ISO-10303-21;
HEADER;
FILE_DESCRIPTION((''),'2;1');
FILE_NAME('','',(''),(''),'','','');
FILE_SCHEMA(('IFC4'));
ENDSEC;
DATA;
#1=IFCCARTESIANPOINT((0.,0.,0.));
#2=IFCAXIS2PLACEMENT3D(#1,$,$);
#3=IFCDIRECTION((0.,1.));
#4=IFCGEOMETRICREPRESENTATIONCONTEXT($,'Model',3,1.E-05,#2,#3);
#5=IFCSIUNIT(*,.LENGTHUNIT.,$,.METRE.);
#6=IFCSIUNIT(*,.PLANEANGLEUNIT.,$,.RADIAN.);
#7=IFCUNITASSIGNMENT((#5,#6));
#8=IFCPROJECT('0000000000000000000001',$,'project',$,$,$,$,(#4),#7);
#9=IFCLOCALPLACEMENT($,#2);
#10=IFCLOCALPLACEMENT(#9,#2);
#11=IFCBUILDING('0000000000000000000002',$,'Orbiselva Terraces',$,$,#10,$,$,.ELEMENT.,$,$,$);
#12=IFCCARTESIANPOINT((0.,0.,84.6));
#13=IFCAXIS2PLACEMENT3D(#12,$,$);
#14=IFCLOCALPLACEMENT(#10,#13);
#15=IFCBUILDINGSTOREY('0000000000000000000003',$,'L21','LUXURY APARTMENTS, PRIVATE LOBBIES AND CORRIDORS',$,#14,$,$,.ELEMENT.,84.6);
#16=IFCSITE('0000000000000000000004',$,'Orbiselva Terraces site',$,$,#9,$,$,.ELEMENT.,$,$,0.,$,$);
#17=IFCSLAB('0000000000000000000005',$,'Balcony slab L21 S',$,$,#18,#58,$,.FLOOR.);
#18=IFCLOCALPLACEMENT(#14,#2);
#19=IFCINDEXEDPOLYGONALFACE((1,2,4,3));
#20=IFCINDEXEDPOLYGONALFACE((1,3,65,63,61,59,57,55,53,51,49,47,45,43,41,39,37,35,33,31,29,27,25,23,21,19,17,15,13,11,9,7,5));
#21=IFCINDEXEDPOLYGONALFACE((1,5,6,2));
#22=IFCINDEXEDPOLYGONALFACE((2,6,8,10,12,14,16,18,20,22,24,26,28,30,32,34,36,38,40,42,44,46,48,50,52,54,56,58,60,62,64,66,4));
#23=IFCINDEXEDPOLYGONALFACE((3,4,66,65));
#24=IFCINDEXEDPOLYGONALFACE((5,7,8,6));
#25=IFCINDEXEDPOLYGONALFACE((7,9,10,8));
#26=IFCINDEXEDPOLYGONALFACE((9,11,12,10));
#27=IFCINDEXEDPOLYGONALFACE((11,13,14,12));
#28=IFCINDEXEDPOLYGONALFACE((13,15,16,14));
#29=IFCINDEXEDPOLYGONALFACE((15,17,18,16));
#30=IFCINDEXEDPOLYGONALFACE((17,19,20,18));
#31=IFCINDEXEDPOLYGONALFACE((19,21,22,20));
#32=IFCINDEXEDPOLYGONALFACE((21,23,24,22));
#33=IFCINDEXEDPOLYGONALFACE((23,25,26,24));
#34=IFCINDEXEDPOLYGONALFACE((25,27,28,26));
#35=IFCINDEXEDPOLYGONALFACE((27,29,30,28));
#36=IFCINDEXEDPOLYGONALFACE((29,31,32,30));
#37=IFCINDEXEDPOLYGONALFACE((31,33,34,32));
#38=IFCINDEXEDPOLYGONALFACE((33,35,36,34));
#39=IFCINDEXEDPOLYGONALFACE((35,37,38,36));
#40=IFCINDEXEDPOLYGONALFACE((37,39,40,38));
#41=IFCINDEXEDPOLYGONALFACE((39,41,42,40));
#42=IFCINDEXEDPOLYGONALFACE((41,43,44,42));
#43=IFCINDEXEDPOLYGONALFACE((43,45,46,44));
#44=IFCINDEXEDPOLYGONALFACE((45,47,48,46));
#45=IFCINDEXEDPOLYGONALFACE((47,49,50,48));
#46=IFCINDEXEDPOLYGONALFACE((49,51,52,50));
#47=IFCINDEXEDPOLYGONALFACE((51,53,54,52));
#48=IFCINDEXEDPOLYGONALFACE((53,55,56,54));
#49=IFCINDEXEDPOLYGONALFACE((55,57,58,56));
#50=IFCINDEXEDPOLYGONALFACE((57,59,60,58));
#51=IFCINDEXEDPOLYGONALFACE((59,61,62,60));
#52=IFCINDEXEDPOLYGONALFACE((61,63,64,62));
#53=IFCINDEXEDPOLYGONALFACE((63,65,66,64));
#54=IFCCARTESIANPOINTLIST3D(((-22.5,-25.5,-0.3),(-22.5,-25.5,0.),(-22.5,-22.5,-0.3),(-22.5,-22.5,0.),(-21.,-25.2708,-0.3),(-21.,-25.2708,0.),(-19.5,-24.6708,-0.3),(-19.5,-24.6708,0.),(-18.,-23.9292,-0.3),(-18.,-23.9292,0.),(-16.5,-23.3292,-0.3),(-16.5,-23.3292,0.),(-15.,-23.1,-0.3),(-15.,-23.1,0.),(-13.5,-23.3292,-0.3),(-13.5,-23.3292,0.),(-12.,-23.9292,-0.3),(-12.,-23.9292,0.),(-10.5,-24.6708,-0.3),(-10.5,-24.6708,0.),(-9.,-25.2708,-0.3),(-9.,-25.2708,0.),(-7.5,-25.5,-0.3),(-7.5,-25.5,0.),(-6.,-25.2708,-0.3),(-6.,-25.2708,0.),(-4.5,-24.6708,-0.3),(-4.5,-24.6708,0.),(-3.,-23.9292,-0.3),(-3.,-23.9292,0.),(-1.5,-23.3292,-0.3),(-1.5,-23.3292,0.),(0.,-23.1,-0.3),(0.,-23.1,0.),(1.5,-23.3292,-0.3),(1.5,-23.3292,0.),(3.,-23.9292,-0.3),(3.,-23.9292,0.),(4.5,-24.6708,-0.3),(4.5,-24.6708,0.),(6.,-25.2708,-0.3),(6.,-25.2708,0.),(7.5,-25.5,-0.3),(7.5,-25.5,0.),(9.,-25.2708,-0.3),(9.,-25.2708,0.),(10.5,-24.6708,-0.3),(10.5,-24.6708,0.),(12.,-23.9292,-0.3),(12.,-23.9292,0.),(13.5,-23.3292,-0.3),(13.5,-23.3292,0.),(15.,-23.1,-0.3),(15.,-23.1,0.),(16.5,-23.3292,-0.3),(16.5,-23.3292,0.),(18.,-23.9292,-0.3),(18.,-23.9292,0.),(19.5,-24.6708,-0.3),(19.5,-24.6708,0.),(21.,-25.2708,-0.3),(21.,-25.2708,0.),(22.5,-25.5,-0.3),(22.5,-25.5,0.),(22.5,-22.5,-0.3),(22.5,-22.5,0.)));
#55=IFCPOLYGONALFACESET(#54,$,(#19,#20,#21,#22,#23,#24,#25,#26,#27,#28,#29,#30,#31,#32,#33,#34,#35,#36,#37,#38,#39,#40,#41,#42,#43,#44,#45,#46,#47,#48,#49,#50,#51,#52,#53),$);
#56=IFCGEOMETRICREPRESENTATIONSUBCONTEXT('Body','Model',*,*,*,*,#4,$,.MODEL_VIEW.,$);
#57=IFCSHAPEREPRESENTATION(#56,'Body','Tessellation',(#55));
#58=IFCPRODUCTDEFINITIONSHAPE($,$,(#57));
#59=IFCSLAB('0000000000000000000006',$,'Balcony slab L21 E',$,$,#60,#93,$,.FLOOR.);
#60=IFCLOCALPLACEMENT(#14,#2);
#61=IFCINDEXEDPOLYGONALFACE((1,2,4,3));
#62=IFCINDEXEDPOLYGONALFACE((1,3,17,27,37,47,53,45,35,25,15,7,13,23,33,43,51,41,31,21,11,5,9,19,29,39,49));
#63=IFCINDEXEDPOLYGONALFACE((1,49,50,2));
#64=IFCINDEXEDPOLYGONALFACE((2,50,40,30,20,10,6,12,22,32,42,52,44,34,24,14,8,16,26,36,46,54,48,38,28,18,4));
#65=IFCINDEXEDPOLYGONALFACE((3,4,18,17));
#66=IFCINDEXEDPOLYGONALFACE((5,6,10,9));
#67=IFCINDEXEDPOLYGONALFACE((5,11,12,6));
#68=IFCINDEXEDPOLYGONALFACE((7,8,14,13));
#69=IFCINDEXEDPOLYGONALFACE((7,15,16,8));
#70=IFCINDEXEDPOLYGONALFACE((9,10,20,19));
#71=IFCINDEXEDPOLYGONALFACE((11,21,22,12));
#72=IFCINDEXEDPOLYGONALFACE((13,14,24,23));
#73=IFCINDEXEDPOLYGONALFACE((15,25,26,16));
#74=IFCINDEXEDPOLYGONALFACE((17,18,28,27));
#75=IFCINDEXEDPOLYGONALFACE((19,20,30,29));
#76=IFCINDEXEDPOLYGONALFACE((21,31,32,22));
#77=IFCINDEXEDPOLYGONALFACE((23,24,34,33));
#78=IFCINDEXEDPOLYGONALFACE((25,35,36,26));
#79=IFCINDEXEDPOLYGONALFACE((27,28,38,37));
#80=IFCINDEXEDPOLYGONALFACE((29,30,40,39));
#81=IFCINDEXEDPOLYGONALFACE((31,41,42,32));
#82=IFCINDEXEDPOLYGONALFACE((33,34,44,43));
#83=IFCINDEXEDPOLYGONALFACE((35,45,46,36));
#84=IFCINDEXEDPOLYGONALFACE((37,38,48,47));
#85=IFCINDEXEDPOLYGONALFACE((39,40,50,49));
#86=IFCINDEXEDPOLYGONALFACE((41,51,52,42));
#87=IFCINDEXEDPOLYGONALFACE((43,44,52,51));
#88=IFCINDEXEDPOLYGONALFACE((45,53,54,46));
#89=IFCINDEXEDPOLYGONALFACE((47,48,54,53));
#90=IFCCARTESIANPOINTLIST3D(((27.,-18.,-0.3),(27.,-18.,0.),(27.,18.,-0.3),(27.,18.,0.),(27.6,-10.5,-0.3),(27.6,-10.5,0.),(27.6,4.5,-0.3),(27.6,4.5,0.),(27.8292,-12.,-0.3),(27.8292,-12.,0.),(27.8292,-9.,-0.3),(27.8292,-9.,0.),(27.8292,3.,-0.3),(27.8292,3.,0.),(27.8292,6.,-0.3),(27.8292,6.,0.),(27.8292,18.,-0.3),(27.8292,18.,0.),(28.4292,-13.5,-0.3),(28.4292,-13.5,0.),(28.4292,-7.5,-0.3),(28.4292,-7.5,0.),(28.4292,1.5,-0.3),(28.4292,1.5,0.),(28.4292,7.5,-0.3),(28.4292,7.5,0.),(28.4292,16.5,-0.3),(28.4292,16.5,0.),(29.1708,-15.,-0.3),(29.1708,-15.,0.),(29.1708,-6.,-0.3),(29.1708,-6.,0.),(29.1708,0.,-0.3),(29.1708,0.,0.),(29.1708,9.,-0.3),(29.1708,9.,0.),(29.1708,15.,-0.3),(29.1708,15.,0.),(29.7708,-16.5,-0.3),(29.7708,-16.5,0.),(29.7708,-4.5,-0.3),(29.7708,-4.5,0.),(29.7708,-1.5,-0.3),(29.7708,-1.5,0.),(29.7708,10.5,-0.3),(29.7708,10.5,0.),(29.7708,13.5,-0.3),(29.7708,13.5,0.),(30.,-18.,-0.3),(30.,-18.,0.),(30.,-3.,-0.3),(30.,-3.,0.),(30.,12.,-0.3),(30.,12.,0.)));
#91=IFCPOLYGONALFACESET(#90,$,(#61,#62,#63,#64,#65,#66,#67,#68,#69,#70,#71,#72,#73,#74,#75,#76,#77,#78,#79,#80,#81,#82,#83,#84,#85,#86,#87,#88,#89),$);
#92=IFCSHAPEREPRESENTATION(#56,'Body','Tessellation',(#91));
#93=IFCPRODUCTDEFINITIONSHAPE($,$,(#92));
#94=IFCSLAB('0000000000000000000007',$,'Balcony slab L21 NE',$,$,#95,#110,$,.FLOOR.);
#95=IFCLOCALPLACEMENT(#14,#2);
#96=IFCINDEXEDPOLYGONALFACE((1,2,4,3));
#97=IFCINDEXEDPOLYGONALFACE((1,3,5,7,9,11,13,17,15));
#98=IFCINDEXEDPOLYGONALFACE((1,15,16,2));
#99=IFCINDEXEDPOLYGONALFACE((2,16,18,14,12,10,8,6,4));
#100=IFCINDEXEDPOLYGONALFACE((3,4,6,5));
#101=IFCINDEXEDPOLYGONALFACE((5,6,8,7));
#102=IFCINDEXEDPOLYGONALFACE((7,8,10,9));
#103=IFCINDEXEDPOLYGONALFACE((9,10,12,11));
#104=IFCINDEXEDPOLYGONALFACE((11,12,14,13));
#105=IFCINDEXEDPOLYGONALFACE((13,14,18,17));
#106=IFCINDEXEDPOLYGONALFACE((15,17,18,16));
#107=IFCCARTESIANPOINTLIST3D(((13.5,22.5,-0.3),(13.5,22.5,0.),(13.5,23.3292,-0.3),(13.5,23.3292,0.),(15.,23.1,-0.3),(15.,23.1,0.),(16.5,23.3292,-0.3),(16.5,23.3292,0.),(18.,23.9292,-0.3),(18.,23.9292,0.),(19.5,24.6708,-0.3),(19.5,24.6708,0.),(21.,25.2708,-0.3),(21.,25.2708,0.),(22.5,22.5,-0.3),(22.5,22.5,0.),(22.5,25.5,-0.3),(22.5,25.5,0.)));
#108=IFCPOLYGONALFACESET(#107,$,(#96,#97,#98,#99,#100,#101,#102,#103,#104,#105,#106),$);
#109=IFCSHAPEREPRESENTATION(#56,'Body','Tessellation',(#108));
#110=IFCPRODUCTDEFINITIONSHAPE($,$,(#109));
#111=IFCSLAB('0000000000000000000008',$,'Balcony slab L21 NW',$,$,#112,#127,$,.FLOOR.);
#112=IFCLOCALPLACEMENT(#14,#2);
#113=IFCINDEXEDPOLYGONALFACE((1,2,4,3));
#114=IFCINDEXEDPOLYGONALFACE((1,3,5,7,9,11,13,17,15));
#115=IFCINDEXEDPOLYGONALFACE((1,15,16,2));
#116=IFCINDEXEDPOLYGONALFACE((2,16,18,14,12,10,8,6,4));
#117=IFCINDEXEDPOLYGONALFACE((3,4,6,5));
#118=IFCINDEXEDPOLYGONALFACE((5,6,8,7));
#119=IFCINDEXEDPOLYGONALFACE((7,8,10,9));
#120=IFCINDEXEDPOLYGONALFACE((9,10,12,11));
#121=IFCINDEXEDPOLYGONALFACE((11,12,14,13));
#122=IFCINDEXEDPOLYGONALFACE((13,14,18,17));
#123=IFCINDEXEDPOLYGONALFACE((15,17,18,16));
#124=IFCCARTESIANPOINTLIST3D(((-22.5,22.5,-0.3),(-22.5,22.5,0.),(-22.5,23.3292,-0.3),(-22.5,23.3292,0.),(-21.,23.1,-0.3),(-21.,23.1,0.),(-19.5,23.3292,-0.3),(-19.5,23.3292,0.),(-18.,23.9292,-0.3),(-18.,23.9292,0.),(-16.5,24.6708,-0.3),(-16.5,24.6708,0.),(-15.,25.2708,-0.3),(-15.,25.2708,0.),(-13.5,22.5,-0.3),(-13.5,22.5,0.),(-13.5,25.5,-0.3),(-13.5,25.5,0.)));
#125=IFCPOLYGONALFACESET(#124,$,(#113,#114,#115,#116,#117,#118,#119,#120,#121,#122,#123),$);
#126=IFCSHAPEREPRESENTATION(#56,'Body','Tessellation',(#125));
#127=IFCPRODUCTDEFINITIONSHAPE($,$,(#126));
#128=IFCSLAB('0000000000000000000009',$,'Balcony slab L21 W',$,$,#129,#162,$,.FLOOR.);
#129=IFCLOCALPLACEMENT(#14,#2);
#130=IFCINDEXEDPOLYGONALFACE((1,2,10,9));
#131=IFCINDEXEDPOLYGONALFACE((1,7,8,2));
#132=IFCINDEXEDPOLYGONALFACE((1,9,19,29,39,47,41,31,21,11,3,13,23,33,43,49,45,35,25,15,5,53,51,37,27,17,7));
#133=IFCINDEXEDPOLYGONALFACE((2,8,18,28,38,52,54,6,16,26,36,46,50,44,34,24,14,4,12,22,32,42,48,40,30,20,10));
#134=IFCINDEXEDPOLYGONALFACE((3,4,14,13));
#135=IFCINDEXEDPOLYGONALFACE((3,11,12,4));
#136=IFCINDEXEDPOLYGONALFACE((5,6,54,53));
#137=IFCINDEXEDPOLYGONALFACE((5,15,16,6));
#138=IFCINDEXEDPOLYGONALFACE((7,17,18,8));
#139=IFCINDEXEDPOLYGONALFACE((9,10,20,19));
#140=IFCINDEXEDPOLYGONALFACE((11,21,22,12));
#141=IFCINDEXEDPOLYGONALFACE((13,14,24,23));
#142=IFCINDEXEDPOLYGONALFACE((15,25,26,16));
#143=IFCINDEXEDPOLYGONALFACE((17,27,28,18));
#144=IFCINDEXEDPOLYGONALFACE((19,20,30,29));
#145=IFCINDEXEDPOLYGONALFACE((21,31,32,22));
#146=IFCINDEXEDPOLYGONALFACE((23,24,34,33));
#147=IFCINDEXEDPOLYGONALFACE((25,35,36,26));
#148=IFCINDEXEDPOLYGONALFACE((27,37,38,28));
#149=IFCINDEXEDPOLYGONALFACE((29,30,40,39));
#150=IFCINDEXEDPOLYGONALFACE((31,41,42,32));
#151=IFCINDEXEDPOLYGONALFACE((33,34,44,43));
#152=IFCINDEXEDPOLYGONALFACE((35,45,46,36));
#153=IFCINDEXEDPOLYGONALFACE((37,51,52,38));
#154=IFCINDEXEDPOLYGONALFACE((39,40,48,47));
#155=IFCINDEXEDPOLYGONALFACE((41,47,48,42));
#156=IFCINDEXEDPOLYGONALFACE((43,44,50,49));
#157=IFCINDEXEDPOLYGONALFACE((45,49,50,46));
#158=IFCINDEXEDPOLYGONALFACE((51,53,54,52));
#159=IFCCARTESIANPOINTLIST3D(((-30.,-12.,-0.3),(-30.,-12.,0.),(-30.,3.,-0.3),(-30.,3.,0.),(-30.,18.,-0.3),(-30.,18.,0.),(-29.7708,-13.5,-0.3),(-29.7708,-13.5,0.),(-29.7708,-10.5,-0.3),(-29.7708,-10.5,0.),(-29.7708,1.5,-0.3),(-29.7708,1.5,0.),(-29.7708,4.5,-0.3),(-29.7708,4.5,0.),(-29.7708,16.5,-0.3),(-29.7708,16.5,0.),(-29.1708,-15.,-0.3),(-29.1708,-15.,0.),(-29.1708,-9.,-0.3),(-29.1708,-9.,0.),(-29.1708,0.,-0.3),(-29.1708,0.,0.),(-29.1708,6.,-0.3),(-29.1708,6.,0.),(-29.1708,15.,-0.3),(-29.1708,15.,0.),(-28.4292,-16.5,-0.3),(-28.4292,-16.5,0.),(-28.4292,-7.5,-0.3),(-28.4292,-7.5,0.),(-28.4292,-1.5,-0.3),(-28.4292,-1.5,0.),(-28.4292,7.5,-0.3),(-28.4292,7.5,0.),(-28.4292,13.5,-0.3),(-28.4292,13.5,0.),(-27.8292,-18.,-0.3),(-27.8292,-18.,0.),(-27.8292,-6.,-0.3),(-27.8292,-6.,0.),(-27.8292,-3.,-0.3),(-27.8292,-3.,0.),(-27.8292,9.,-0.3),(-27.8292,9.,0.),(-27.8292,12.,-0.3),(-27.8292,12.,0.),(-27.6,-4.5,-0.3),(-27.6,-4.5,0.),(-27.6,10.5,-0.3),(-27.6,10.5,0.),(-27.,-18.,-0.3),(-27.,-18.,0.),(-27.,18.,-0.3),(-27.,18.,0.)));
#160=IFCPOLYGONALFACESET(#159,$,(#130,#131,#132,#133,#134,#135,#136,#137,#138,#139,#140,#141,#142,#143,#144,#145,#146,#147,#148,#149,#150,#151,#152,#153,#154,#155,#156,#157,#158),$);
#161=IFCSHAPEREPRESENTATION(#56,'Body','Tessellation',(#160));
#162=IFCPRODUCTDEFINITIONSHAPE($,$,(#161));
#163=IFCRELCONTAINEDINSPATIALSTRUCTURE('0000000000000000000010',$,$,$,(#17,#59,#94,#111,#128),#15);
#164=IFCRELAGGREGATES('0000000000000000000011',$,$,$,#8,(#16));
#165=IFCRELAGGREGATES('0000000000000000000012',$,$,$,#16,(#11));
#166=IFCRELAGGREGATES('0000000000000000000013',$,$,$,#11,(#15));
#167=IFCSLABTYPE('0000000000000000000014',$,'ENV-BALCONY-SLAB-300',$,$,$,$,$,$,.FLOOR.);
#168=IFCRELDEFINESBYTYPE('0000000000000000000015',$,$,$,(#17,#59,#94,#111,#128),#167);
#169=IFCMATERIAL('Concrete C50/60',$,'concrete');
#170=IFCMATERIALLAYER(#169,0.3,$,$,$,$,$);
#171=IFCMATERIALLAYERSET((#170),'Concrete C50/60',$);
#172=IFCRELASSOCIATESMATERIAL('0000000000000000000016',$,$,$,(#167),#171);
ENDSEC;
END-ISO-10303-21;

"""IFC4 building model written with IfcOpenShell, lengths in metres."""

from ifc_helpers import new_model, si_unit, direction, frame, origin, place, context, subcontext, project, spatial, polyline, outline, extrude, material, layer, layer_set, type_object, element, save


model = new_model("IFC4")

# Units and contexts
model_context = context("Model", 3, precision=1e-05, world=origin(), true_north=direction((0.0, 1.0)))
body_context = subcontext(model_context, "Body", "Model", "MODEL_VIEW")
ifc_project = project(units=[si_unit("LENGTHUNIT", "METRE"), si_unit("PLANEANGLEUNIT", "RADIAN")], contexts=[model_context])

# Site, building, storey
site_placement = place(None, origin())
site = spatial("IfcSite", under=ifc_project, at=site_placement, Name="Orbiselva Terraces site", CompositionType="ELEMENT", RefElevation=0.0)
building_placement = place(site_placement, origin())
building = spatial("IfcBuilding", under=site, at=building_placement, Name="Orbiselva Terraces", CompositionType="ELEMENT")
storey_placement = place(building_placement, frame((0.0, 0.0, 84.6)))
storey = spatial("IfcBuildingStorey", under=building, at=storey_placement, Name="L21", Description="LUXURY APARTMENTS, PRIVATE LOBBIES AND CORRIDORS", CompositionType="ELEMENT", Elevation=84.6)

# Slabs
ifc_material_1 = material(Name="Concrete C50/60", Category="concrete")
ifc_layer_1 = layer(ifc_material_1, 0.3)
ifc_layer_set_1 = layer_set([ifc_layer_1], Name="Concrete C50/60")
slab_type_1 = type_object("IfcSlabType", Name="ENV-BALCONY-SLAB-300", PredefinedType="FLOOR", material=ifc_layer_set_1)
slab_1_placement = place(storey_placement, frame((0.0, 0.0, -0.3)))
element("IfcSlab", 1, at=slab_1_placement, inside=storey, type_object=slab_type_1, Name="Balcony slab L21 S", PredefinedType="FLOOR", context=body_context, shape_type="SweptSolid", body=[
    extrude(outline(polyline([(-22.5, -25.5), (-21.0, -25.2708), (-19.5, -24.6708), (-18.0, -23.9292), (-16.5, -23.3292), (-15.0, -23.1), (-13.5, -23.3292), (-12.0, -23.9292), (-10.5, -24.6708), (-9.0, -25.2708), (-7.5, -25.5), (-6.0, -25.2708), (-4.5, -24.6708), (-3.0, -23.9292), (-1.5, -23.3292), (0.0, -23.1), (1.5, -23.3292), (3.0, -23.9292), (4.5, -24.6708), (6.0, -25.2708), (7.5, -25.5), (9.0, -25.2708), (10.5, -24.6708), (12.0, -23.9292), (13.5, -23.3292), (15.0, -23.1), (16.5, -23.3292), (18.0, -23.9292), (19.5, -24.6708), (21.0, -25.2708), (22.5, -25.5), (22.5, -22.5), (-22.5, -22.5), (-22.5, -25.5)])), origin(), (0.0, 0.0, 1.0), 0.3),
])
slab_2_placement = place(storey_placement, frame((0.0, 0.0, -0.3)))
element("IfcSlab", 2, at=slab_2_placement, inside=storey, type_object=slab_type_1, Name="Balcony slab L21 E", PredefinedType="FLOOR", context=body_context, shape_type="SweptSolid", body=[
    extrude(outline(polyline([(30.0, -18.0), (29.7708, -16.5), (29.1708, -15.0), (28.4292, -13.5), (27.8292, -12.0), (27.6, -10.5), (27.8292, -9.0), (28.4292, -7.5), (29.1708, -6.0), (29.7708, -4.5), (30.0, -3.0), (29.7708, -1.5), (29.1708, 0.0), (28.4292, 1.5), (27.8292, 3.0), (27.6, 4.5), (27.8292, 6.0), (28.4292, 7.5), (29.1708, 9.0), (29.7708, 10.5), (30.0, 12.0), (29.7708, 13.5), (29.1708, 15.0), (28.4292, 16.5), (27.8292, 18.0), (27.0, 18.0), (27.0, -18.0), (30.0, -18.0)])), origin(), (0.0, 0.0, 1.0), 0.3),
])
slab_3_placement = place(storey_placement, frame((0.0, 0.0, -0.3)))
element("IfcSlab", 3, at=slab_3_placement, inside=storey, type_object=slab_type_1, Name="Balcony slab L21 NE", PredefinedType="FLOOR", context=body_context, shape_type="SweptSolid", body=[
    extrude(outline(polyline([(22.5, 25.5), (21.0, 25.2708), (19.5, 24.6708), (18.0, 23.9292), (16.5, 23.3292), (15.0, 23.1), (13.5, 23.3292), (13.5, 22.5), (22.5, 22.5), (22.5, 25.5)])), origin(), (0.0, 0.0, 1.0), 0.3),
])
slab_4_placement = place(storey_placement, frame((0.0, 0.0, -0.3)))
element("IfcSlab", 4, at=slab_4_placement, inside=storey, type_object=slab_type_1, Name="Balcony slab L21 NW", PredefinedType="FLOOR", context=body_context, shape_type="SweptSolid", body=[
    extrude(outline(polyline([(-13.5, 25.5), (-15.0, 25.2708), (-16.5, 24.6708), (-18.0, 23.9292), (-19.5, 23.3292), (-21.0, 23.1), (-22.5, 23.3292), (-22.5, 22.5), (-13.5, 22.5), (-13.5, 25.5)])), origin(), (0.0, 0.0, 1.0), 0.3),
])
slab_5_placement = place(storey_placement, frame((0.0, 0.0, -0.3)))
element("IfcSlab", 5, at=slab_5_placement, inside=storey, type_object=slab_type_1, Name="Balcony slab L21 W", PredefinedType="FLOOR", context=body_context, shape_type="SweptSolid", body=[
    extrude(outline(polyline([(-30.0, 18.0), (-29.7708, 16.5), (-29.1708, 15.0), (-28.4292, 13.5), (-27.8292, 12.0), (-27.6, 10.5), (-27.8292, 9.0), (-28.4292, 7.5), (-29.1708, 6.0), (-29.7708, 4.5), (-30.0, 3.0), (-29.7708, 1.5), (-29.1708, 0.0), (-28.4292, -1.5), (-27.8292, -3.0), (-27.6, -4.5), (-27.8292, -6.0), (-28.4292, -7.5), (-29.1708, -9.0), (-29.7708, -10.5), (-30.0, -12.0), (-29.7708, -13.5), (-29.1708, -15.0), (-28.4292, -16.5), (-27.8292, -18.0), (-27.0, -18.0), (-27.0, 18.0), (-30.0, 18.0)])), origin(), (0.0, 0.0, 1.0), 0.3),
])

save(model, "model.ifc")
